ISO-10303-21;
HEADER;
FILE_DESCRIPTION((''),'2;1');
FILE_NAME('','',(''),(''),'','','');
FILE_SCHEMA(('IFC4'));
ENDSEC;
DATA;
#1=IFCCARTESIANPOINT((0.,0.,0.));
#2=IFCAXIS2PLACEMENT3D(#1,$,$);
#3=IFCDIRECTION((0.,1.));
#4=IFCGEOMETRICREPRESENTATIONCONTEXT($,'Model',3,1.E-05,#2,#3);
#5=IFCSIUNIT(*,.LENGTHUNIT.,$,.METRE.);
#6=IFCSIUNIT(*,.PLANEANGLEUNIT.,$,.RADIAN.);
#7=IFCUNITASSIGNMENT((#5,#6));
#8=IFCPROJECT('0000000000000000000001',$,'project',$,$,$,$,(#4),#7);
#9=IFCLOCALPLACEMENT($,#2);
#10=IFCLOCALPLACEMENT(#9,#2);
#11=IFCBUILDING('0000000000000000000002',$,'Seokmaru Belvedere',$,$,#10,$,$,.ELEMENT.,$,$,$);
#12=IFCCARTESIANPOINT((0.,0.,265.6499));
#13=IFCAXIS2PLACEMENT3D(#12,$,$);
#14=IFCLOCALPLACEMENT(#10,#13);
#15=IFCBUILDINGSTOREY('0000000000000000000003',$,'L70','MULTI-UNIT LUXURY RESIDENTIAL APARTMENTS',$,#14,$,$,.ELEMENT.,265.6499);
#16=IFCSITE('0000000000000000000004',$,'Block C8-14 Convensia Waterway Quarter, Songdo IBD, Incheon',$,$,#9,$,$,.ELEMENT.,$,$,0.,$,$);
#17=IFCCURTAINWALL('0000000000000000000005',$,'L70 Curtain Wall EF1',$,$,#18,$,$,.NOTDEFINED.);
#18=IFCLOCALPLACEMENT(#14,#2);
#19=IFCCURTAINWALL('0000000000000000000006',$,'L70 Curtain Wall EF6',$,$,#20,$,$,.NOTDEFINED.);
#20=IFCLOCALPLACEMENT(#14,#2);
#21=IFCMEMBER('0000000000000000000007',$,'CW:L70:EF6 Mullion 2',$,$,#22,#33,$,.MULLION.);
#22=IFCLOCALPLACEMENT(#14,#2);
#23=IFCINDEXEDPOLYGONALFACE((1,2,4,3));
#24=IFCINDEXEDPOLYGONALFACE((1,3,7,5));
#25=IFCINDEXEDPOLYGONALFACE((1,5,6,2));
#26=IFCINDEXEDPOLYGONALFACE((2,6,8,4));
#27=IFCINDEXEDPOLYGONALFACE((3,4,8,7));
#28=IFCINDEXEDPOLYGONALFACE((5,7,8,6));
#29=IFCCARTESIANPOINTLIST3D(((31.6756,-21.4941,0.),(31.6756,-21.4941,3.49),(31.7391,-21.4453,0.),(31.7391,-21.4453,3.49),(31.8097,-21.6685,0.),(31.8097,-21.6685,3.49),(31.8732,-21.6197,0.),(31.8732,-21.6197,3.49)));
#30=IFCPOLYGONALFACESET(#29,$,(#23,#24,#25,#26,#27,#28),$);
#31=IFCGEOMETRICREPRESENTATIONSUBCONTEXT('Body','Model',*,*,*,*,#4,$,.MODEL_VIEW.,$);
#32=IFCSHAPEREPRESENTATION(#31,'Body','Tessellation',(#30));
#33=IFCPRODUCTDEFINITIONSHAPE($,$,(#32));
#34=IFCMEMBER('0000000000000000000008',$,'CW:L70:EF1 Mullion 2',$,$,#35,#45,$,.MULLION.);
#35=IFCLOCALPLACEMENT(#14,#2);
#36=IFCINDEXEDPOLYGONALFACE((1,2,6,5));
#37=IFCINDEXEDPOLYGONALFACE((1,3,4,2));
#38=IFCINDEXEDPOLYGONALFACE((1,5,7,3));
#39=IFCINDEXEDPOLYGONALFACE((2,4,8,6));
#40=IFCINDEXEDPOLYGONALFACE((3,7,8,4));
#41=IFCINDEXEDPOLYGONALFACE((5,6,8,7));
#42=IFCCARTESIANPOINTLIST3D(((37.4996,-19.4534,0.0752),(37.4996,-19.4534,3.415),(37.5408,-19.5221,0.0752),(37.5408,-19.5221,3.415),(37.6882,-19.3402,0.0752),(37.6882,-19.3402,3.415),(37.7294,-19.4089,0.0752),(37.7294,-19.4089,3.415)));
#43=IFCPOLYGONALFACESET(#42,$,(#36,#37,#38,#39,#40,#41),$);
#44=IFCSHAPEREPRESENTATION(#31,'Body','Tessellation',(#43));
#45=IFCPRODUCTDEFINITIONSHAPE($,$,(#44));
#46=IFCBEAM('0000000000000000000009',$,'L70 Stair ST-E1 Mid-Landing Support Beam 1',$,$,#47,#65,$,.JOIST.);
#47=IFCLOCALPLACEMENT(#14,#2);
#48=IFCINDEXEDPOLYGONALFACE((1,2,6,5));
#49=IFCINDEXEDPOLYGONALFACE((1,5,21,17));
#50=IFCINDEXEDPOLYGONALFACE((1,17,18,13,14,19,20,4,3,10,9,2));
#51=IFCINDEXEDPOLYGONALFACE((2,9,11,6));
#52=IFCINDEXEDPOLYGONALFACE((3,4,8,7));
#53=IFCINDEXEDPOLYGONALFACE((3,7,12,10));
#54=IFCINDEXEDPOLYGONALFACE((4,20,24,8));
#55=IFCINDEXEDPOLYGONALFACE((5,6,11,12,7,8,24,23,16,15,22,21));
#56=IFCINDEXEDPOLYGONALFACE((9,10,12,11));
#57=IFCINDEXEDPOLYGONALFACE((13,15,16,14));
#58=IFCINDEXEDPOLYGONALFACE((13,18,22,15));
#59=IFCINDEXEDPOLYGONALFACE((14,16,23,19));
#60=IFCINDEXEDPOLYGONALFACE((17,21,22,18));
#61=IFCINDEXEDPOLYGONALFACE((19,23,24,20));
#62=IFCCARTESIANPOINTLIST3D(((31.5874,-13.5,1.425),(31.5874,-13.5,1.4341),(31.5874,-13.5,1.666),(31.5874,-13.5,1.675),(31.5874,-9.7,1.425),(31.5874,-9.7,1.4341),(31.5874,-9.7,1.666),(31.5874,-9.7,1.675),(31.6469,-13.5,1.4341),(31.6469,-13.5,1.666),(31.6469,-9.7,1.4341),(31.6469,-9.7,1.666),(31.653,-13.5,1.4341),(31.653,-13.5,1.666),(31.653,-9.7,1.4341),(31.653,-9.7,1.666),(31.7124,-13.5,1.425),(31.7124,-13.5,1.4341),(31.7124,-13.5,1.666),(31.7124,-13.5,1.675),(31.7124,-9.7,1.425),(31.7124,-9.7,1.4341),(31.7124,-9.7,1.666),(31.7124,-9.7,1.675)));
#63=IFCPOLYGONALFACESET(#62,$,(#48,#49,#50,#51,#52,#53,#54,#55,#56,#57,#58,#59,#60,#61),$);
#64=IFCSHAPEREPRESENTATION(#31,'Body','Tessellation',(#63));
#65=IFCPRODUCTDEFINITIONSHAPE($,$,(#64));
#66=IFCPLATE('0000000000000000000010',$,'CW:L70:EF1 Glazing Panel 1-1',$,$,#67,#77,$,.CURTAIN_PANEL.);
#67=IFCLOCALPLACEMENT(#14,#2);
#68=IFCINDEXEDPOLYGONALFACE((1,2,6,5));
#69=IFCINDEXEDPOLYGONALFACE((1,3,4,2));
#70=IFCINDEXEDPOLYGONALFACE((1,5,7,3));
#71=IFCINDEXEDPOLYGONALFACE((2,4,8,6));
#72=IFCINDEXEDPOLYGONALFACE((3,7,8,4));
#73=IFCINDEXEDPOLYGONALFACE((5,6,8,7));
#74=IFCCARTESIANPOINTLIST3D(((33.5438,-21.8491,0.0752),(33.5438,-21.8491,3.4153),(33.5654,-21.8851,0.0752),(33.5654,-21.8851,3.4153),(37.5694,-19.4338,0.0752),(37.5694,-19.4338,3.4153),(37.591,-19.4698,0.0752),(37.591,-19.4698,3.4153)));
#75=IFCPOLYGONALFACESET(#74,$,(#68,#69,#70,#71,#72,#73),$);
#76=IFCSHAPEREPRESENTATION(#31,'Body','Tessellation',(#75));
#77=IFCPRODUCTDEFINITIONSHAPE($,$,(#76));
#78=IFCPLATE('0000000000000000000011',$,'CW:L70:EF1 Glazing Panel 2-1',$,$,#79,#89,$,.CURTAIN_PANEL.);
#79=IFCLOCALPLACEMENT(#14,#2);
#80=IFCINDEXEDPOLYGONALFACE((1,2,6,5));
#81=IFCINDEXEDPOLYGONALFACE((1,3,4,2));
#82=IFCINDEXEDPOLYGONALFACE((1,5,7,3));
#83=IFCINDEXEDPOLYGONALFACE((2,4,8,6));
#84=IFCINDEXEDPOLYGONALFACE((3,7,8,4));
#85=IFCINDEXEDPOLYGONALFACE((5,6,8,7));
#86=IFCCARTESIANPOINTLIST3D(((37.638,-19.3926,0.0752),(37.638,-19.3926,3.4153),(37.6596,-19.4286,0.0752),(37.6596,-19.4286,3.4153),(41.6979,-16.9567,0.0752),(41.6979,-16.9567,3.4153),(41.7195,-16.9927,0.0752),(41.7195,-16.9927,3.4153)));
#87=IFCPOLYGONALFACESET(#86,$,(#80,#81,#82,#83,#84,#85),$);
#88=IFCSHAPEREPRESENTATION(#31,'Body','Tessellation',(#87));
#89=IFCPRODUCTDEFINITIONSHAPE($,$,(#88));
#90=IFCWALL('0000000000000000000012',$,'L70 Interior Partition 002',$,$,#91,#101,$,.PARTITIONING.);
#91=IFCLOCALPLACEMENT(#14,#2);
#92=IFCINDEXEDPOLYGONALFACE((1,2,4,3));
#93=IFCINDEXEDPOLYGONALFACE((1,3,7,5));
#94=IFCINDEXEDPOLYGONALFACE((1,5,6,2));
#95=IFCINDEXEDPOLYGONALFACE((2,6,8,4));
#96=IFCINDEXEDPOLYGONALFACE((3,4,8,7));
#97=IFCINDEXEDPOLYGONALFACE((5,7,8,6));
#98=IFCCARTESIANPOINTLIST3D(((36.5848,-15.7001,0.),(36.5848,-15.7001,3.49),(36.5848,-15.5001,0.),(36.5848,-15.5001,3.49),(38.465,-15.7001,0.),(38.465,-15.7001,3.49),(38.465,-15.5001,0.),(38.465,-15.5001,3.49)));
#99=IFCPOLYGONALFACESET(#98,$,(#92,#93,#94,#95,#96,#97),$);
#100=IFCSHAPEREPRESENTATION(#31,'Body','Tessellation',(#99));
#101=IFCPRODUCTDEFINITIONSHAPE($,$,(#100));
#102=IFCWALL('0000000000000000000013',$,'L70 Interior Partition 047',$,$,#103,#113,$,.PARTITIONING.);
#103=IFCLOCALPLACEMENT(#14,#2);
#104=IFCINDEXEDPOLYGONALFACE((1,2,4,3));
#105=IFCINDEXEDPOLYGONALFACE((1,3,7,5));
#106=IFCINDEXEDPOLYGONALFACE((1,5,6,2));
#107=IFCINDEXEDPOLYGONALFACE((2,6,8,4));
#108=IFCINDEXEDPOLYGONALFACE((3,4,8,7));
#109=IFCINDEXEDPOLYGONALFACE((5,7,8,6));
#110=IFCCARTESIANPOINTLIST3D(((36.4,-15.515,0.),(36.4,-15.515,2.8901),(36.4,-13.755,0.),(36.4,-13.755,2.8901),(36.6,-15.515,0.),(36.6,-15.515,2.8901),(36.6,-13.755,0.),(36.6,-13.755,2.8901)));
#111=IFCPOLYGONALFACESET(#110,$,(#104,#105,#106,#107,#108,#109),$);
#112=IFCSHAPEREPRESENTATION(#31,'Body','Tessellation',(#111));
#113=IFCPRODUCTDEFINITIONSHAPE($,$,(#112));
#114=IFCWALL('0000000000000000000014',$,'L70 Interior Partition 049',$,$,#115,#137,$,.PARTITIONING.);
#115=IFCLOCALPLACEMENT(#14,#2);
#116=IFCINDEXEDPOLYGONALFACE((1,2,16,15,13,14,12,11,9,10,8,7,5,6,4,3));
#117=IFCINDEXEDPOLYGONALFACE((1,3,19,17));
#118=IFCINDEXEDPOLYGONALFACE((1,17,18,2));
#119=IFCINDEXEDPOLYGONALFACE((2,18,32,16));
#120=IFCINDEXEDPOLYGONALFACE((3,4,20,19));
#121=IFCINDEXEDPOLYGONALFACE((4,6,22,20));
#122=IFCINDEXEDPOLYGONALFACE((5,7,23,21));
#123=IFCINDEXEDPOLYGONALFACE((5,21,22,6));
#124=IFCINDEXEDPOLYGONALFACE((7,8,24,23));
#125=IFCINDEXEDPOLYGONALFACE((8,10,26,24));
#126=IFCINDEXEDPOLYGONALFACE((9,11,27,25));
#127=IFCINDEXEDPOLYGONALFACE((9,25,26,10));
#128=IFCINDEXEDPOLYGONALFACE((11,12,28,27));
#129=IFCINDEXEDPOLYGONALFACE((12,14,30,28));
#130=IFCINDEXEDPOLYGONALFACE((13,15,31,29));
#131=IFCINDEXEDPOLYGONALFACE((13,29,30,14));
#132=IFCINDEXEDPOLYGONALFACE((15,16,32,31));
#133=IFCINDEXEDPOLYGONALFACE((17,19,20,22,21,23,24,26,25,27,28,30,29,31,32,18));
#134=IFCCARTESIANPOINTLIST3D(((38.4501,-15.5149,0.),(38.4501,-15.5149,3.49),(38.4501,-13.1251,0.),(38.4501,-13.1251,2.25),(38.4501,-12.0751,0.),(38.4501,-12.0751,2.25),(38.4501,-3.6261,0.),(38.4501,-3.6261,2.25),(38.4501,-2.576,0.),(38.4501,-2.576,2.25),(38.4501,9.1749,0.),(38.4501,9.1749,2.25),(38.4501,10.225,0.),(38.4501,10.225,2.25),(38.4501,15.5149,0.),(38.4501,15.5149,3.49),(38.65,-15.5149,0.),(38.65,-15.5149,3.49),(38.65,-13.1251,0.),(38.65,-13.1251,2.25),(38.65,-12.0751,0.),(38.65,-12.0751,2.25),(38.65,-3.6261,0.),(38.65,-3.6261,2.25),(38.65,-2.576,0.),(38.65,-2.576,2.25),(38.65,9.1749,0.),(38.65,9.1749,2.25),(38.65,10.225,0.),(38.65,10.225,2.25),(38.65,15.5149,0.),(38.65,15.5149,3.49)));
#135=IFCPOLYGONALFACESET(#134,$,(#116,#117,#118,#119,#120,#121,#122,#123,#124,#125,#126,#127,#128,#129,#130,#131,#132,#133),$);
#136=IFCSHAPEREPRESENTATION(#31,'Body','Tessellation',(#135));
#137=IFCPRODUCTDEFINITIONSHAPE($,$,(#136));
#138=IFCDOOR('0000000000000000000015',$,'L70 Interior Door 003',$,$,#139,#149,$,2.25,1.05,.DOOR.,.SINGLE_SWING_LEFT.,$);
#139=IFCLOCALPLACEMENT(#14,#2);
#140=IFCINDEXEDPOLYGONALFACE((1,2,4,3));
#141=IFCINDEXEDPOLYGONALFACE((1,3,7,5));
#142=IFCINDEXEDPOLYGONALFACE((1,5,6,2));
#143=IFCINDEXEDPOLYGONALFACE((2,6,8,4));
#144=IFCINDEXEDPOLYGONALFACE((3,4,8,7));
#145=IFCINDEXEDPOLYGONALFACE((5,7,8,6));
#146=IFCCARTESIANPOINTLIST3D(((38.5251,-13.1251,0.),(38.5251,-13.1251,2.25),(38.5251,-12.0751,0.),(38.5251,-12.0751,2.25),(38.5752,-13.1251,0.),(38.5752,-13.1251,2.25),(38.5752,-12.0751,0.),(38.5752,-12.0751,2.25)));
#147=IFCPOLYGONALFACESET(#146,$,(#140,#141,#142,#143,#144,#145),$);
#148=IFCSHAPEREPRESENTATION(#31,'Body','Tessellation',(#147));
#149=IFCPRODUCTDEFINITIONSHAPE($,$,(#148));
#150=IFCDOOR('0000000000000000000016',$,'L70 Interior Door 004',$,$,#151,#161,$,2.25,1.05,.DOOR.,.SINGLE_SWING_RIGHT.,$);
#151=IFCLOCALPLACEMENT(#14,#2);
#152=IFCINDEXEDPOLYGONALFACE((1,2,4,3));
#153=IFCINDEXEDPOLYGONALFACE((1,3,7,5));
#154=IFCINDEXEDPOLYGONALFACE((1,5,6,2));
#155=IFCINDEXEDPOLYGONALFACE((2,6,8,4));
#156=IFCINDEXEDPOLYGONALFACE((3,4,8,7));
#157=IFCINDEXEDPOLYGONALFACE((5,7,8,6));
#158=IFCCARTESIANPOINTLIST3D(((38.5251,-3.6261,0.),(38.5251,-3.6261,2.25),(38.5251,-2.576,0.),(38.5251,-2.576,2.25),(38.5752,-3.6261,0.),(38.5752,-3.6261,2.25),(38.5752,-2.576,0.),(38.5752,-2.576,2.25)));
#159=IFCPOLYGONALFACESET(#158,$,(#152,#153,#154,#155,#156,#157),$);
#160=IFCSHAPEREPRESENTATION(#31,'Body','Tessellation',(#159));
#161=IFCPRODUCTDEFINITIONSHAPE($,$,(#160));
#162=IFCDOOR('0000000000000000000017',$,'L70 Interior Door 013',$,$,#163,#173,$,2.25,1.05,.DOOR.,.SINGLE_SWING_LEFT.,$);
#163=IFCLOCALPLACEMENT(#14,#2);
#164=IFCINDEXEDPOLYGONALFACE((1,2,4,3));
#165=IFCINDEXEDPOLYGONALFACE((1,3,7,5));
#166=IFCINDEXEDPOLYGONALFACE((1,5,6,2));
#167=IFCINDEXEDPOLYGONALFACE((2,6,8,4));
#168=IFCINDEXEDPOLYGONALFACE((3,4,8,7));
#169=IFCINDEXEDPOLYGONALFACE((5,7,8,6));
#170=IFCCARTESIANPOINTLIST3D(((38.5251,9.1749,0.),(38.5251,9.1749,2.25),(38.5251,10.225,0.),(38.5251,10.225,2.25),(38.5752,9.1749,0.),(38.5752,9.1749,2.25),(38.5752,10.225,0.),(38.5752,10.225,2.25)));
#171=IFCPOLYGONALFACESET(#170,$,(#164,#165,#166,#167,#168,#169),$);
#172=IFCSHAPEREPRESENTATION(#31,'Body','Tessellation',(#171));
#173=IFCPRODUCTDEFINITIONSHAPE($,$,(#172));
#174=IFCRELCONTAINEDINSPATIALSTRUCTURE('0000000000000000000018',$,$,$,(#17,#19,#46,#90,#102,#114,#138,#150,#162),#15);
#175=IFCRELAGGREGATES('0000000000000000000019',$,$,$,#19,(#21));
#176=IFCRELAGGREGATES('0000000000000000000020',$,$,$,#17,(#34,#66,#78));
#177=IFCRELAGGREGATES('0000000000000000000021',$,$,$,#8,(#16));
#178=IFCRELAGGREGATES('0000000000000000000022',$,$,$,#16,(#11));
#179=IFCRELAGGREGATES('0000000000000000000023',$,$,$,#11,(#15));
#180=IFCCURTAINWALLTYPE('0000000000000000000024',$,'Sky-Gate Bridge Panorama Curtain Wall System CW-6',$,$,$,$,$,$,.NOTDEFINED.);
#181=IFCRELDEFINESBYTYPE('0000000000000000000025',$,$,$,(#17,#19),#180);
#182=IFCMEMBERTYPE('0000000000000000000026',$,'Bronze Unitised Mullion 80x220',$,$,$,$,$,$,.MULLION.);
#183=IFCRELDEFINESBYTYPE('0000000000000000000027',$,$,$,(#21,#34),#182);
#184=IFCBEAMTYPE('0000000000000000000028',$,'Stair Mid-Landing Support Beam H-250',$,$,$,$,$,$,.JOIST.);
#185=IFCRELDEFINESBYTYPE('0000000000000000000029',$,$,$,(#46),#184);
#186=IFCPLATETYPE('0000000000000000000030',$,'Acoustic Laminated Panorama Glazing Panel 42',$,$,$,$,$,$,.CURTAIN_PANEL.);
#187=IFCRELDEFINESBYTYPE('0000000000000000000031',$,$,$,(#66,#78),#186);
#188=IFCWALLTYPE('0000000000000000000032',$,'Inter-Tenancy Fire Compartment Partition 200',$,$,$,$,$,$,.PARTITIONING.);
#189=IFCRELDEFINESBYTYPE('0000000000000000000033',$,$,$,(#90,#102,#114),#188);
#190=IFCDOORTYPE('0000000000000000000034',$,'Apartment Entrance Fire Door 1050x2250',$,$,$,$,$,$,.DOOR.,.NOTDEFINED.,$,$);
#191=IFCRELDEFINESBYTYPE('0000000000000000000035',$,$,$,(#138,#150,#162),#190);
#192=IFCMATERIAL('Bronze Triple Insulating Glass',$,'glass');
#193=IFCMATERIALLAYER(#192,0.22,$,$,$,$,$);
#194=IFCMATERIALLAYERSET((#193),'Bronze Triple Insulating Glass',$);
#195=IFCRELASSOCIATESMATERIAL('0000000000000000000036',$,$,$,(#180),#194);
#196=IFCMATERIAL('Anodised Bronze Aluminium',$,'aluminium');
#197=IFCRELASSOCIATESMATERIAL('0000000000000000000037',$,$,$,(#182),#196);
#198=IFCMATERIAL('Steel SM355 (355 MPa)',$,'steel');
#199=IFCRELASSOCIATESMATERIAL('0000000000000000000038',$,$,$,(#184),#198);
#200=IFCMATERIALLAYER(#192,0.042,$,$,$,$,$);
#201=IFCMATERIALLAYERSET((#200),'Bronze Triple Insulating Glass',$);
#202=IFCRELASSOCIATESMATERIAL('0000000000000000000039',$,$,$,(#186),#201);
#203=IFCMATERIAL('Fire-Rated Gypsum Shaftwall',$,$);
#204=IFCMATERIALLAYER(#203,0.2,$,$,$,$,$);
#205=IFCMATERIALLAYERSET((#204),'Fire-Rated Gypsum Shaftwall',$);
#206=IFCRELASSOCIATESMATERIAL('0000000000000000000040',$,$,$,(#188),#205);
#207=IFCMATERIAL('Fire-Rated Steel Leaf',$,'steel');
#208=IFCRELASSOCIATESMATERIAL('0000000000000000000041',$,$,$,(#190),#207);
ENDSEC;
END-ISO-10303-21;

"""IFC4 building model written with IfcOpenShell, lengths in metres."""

from ifc_helpers import new_model, si_unit, direction, frame, frame_2d, origin, origin_2d, place, context, subcontext, project, spatial, rectangle, i_section, extrude, source, transform, mapped, material, layer, layer_set, material_profile, profile_set, type_object, type_shapes, element, fill, aggregate, save


model = new_model("IFC4")

# Units and contexts
model_context = context("Model", 3, precision=1e-05, world=origin(), true_north=direction((0.0, 1.0)))
body_context = subcontext(model_context, "Body", "Model", "MODEL_VIEW")
ifc_project = project(units=[si_unit("LENGTHUNIT", "METRE"), si_unit("PLANEANGLEUNIT", "RADIAN")], contexts=[model_context])

# Site, building, storey
site_placement = place(None, origin())
site = spatial("IfcSite", under=ifc_project, at=site_placement, Name="Block C8-14 Convensia Waterway Quarter, Songdo IBD, Incheon", CompositionType="ELEMENT", RefElevation=0.0)
building_placement = place(site_placement, origin())
building = spatial("IfcBuilding", under=site, at=building_placement, Name="Seokmaru Belvedere", CompositionType="ELEMENT")
storey_placement = place(building_placement, frame((0.0, 0.0, 265.6499)))
storey = spatial("IfcBuildingStorey", under=building, at=storey_placement, Name="L70", Description="MULTI-UNIT LUXURY RESIDENTIAL APARTMENTS", CompositionType="ELEMENT", Elevation=265.6499)

# Shared definitions
ifc_material_1 = material(Name="Steel SM355 (355 MPa)", Category="steel")

# Curtain wall
ifc_material_2 = material(Name="Bronze Triple Insulating Glass", Category="glass")
ifc_layer_1 = layer(ifc_material_2, 0.22)
ifc_layer_set_1 = layer_set([ifc_layer_1], Name="Bronze Triple Insulating Glass")
curtain_wall_type = type_object("IfcCurtainWallType", Name="Sky-Gate Bridge Panorama Curtain Wall System CW-6", PredefinedType="NOTDEFINED", material=ifc_layer_set_1)
curtain_wall_1_placement = place(storey_placement, origin())
curtain_wall_1 = element("IfcCurtainWall", 1, at=curtain_wall_1_placement, inside=storey, type_object=curtain_wall_type, Name="L70 Curtain Wall EF1", PredefinedType="NOTDEFINED")
ifc_material_3 = material(Name="Anodised Bronze Aluminium", Category="aluminium")
ifc_material_profile_1 = material_profile(ifc_material_3, rectangle(XDim=0.0801, YDim=0.22, at=origin_2d()), Name="CW-M-80x220")
ifc_profile_set_1 = profile_set([ifc_material_profile_1], Name="Anodised Bronze Aluminium")
member_type_1 = type_object("IfcMemberType", Name="Bronze Unitised Mullion 80x220", PredefinedType="MULLION", material=ifc_profile_set_1)
shared_shape_1 = source(origin(), body_context, "Body", "SweptSolid", [
    extrude(rectangle(XDim=0.0801, YDim=0.22, at=origin_2d()), origin(), (0.0, 0.0, 1.0), 3.49),
])

# Curtain wall, member
curtain_wall_2_placement = place(storey_placement, origin())
curtain_wall_2 = element("IfcCurtainWall", 2, at=curtain_wall_2_placement, inside=storey, type_object=curtain_wall_type, Name="L70 Curtain Wall EF6", PredefinedType="NOTDEFINED")
member_1_placement = place(storey_placement, frame((31.7744, -21.5569, 0.0), z_axis=(0.0, 0.0, 1.0), x_axis=(0.792631, 0.609701, 0.0)))
member_1 = element("IfcMember", 3, at=member_1_placement, type_object=member_type_1, Name="CW:L70:EF6 Mullion 2", PredefinedType="MULLION", context=body_context, shape_type="MappedRepresentation", body=[
    mapped(shared_shape_1, transform((0.0, 0.0, 0.0), scale=1.0)),
])
aggregate(curtain_wall_2, [member_1])

# Member
shared_shape_2 = source(origin(), body_context, "Body", "SweptSolid", [
    extrude(rectangle(XDim=0.0801, YDim=0.22, at=origin_2d()), origin(), (0.0, 0.0, 1.0), 3.3398),
])
type_shapes(member_type_1, [shared_shape_1, shared_shape_2])
member_2_placement = place(storey_placement, frame((37.6145, -19.4312, 0.0752), z_axis=(0.0, 0.0, 1.0), x_axis=(-0.514495, 0.857493, 0.0)))
member_2 = element("IfcMember", 4, at=member_2_placement, type_object=member_type_1, Name="CW:L70:EF1 Mullion 2", PredefinedType="MULLION", context=body_context, shape_type="MappedRepresentation", body=[
    mapped(shared_shape_2, transform((0.0, 0.0, 0.0), scale=1.0)),
])

# Beam
ifc_material_profile_2 = material_profile(ifc_material_1, i_section(OverallWidth=0.125, OverallDepth=0.25, WebThickness=0.0061, FlangeThickness=0.009, at=origin_2d()), Name="H-250x125x6x9")
ifc_profile_set_2 = profile_set([ifc_material_profile_2], Name="Steel SM355 (355 MPa)")
beam_type_1 = type_object("IfcBeamType", Name="Stair Mid-Landing Support Beam H-250", PredefinedType="JOIST", material=ifc_profile_set_2)
shared_shape_3 = source(origin(), body_context, "Body", "SweptSolid", [
    extrude(i_section(OverallWidth=0.125, OverallDepth=0.25, WebThickness=0.0061, FlangeThickness=0.009, at=origin_2d()), origin(), (0.0, 0.0, 1.0), 3.8),
])
type_shapes(beam_type_1, [shared_shape_3])
beam_1_placement = place(storey_placement, frame((31.6499, -13.5, 1.55), z_axis=(0.0, 1.0, 0.0), x_axis=(-1.0, 0.0, 0.0)))
element("IfcBeam", 5, at=beam_1_placement, inside=storey, type_object=beam_type_1, Name="L70 Stair ST-E1 Mid-Landing Support Beam 1", PredefinedType="JOIST", context=body_context, shape_type="MappedRepresentation", body=[
    mapped(shared_shape_3, transform((0.0, 0.0, 0.0), scale=1.0)),
])

# Plates
ifc_layer_2 = layer(ifc_material_2, 0.042)
ifc_layer_set_2 = layer_set([ifc_layer_2], Name="Bronze Triple Insulating Glass")
plate_type = type_object("IfcPlateType", Name="Acoustic Laminated Panorama Glazing Panel 42", PredefinedType="CURTAIN_PANEL", material=ifc_layer_set_2)
shared_shape_4 = source(origin(), body_context, "Body", "SweptSolid", [
    extrude(rectangle(XDim=4.6946, YDim=0.042, at=origin_2d()), origin(), (0.0, 0.0, 1.0), 3.3401),
])
plate_1_placement = place(storey_placement, frame((35.5674, -20.6594, 0.0752), z_axis=(0.0, 0.0, 1.0), x_axis=(0.857493, 0.514495, 0.0)))
plate_1 = element("IfcPlate", 6, at=plate_1_placement, type_object=plate_type, Name="CW:L70:EF1 Glazing Panel 1-1", PredefinedType="CURTAIN_PANEL", context=body_context, shape_type="MappedRepresentation", body=[
    mapped(shared_shape_4, transform((0.0, 0.0, 0.0), scale=1.0)),
])
shared_shape_5 = source(origin(), body_context, "Body", "SweptSolid", [
    extrude(rectangle(XDim=4.7346, YDim=0.042, at=origin_2d()), origin(), (0.0, 0.0, 1.0), 3.3401),
])
type_shapes(plate_type, [shared_shape_4, shared_shape_5])
plate_2_placement = place(storey_placement, frame((39.6787, -18.1926, 0.0752), z_axis=(0.0, 0.0, 1.0), x_axis=(0.857493, 0.514495, 0.0)))
plate_2 = element("IfcPlate", 7, at=plate_2_placement, type_object=plate_type, Name="CW:L70:EF1 Glazing Panel 2-1", PredefinedType="CURTAIN_PANEL", context=body_context, shape_type="MappedRepresentation", body=[
    mapped(shared_shape_5, transform((0.0, 0.0, 0.0), scale=1.0)),
])
aggregate(curtain_wall_1, [member_2, plate_1, plate_2])

# Walls
ifc_material_4 = material(Name="Fire-Rated Gypsum Shaftwall")
ifc_layer_3 = layer(ifc_material_4, 0.2)
ifc_layer_set_3 = layer_set([ifc_layer_3], Name="Fire-Rated Gypsum Shaftwall")
wall_type_1 = type_object("IfcWallType", Name="Inter-Tenancy Fire Compartment Partition 200", PredefinedType="PARTITIONING", material=ifc_layer_set_3)
wall_1_placement = place(storey_placement, frame((36.585, -15.6001, 0.0), z_axis=(0.0, 0.0, 1.0), x_axis=(1.0, 0.0, 0.0)))
element("IfcWall", 8, at=wall_1_placement, inside=storey, type_object=wall_type_1, Name="L70 Interior Partition 002", PredefinedType="PARTITIONING", context=body_context, shape_type="SweptSolid", body=[
    extrude(rectangle(XDim=1.8801, YDim=0.2, at=frame_2d((0.9399, 0.0))), origin(), (0.0, 0.0, 1.0), 3.49),
])
wall_2_placement = place(storey_placement, frame((36.5, -15.5149, 0.0), z_axis=(0.0, 0.0, 1.0), x_axis=(0.0, 1.0, 0.0)))
element("IfcWall", 9, at=wall_2_placement, inside=storey, type_object=wall_type_1, Name="L70 Interior Partition 047", PredefinedType="PARTITIONING", context=body_context, shape_type="SweptSolid", body=[
    extrude(rectangle(XDim=1.76, YDim=0.2, at=frame_2d((0.8799, 0.0))), origin(), (0.0, 0.0, 1.0), 2.8901),
])

# Wall, openings, doors
wall_3_placement = place(storey_placement, frame((38.55, -15.5149, 0.0), z_axis=(0.0, 0.0, 1.0), x_axis=(0.0, 1.0, 0.0)))
wall_3 = element("IfcWall", 10, at=wall_3_placement, inside=storey, type_object=wall_type_1, Name="L70 Interior Partition 049", PredefinedType="PARTITIONING", context=body_context, shape_type="SweptSolid", body=[
    extrude(rectangle(XDim=31.0298, YDim=0.2, at=frame_2d((15.5149, 0.0))), origin(), (0.0, 0.0, 1.0), 3.49),
])
opening_1_placement = place(wall_3_placement, frame((2.3899, 0.0, 0.0)))
opening_1 = element("IfcOpeningElement", 11, at=opening_1_placement, cuts=wall_3, PredefinedType="OPENING", context=body_context, shape_type="SweptSolid", body=[
    extrude(rectangle(XDim=1.05, YDim=2.25, at=frame_2d((0.5249, 1.125))), frame((0.0, 0.1099, 0.0), z_axis=(0.0, -1.0, 0.0), x_axis=(1.0, 0.0, 0.0)), (0.0, 0.0, 1.0), 0.22),
])
opening_2_placement = place(wall_3_placement, frame((11.8889, 0.0, 0.0)))
opening_2 = element("IfcOpeningElement", 12, at=opening_2_placement, cuts=wall_3, PredefinedType="OPENING", context=body_context, shape_type="SweptSolid", body=[
    extrude(rectangle(XDim=1.05, YDim=2.25, at=frame_2d((0.5249, 1.125))), frame((0.0, 0.1099, 0.0), z_axis=(0.0, -1.0, 0.0), x_axis=(1.0, 0.0, 0.0)), (0.0, 0.0, 1.0), 0.22),
])
opening_3_placement = place(wall_3_placement, frame((24.6899, 0.0, 0.0)))
opening_3 = element("IfcOpeningElement", 13, at=opening_3_placement, cuts=wall_3, PredefinedType="OPENING", context=body_context, shape_type="SweptSolid", body=[
    extrude(rectangle(XDim=1.05, YDim=2.25, at=frame_2d((0.5249, 1.125))), frame((0.0, 0.1099, 0.0), z_axis=(0.0, -1.0, 0.0), x_axis=(1.0, 0.0, 0.0)), (0.0, 0.0, 1.0), 0.22),
])
ifc_material_5 = material(Name="Fire-Rated Steel Leaf", Category="steel")
door_type_1 = type_object("IfcDoorType", Name="Apartment Entrance Fire Door 1050x2250", OperationType="NOTDEFINED", PredefinedType="DOOR", material=ifc_material_5)
shared_shape_6 = source(origin(), body_context, "Body", "SweptSolid", [
    extrude(rectangle(XDim=1.05, YDim=2.25, at=frame_2d((0.5249, 1.125))), frame((0.0, 0.0249, 0.0), z_axis=(0.0, -1.0, 0.0), x_axis=(1.0, 0.0, 0.0)), (0.0, 0.0, 1.0), 0.05),
])
type_shapes(door_type_1, [shared_shape_6])
door_1_placement = place(opening_1_placement, origin())
door_1 = element("IfcDoor", 14, at=door_1_placement, inside=storey, type_object=door_type_1, Name="L70 Interior Door 003", OperationType="SINGLE_SWING_LEFT", OverallHeight=2.25, OverallWidth=1.05, PredefinedType="DOOR", context=body_context, shape_type="MappedRepresentation", body=[
    mapped(shared_shape_6, transform((0.0, 0.0, 0.0), scale=1.0)),
])
fill(opening_1, door_1)
door_2_placement = place(opening_2_placement, origin())
door_2 = element("IfcDoor", 15, at=door_2_placement, inside=storey, type_object=door_type_1, Name="L70 Interior Door 004", OperationType="SINGLE_SWING_RIGHT", OverallHeight=2.25, OverallWidth=1.05, PredefinedType="DOOR", context=body_context, shape_type="MappedRepresentation", body=[
    mapped(shared_shape_6, transform((0.0, 0.0, 0.0), scale=1.0)),
])
fill(opening_2, door_2)
door_3_placement = place(opening_3_placement, origin())
door_3 = element("IfcDoor", 16, at=door_3_placement, inside=storey, type_object=door_type_1, Name="L70 Interior Door 013", OperationType="SINGLE_SWING_LEFT", OverallHeight=2.25, OverallWidth=1.05, PredefinedType="DOOR", context=body_context, shape_type="MappedRepresentation", body=[
    mapped(shared_shape_6, transform((0.0, 0.0, 0.0), scale=1.0)),
])
fill(opening_3, door_3)

save(model, "model.ifc")
